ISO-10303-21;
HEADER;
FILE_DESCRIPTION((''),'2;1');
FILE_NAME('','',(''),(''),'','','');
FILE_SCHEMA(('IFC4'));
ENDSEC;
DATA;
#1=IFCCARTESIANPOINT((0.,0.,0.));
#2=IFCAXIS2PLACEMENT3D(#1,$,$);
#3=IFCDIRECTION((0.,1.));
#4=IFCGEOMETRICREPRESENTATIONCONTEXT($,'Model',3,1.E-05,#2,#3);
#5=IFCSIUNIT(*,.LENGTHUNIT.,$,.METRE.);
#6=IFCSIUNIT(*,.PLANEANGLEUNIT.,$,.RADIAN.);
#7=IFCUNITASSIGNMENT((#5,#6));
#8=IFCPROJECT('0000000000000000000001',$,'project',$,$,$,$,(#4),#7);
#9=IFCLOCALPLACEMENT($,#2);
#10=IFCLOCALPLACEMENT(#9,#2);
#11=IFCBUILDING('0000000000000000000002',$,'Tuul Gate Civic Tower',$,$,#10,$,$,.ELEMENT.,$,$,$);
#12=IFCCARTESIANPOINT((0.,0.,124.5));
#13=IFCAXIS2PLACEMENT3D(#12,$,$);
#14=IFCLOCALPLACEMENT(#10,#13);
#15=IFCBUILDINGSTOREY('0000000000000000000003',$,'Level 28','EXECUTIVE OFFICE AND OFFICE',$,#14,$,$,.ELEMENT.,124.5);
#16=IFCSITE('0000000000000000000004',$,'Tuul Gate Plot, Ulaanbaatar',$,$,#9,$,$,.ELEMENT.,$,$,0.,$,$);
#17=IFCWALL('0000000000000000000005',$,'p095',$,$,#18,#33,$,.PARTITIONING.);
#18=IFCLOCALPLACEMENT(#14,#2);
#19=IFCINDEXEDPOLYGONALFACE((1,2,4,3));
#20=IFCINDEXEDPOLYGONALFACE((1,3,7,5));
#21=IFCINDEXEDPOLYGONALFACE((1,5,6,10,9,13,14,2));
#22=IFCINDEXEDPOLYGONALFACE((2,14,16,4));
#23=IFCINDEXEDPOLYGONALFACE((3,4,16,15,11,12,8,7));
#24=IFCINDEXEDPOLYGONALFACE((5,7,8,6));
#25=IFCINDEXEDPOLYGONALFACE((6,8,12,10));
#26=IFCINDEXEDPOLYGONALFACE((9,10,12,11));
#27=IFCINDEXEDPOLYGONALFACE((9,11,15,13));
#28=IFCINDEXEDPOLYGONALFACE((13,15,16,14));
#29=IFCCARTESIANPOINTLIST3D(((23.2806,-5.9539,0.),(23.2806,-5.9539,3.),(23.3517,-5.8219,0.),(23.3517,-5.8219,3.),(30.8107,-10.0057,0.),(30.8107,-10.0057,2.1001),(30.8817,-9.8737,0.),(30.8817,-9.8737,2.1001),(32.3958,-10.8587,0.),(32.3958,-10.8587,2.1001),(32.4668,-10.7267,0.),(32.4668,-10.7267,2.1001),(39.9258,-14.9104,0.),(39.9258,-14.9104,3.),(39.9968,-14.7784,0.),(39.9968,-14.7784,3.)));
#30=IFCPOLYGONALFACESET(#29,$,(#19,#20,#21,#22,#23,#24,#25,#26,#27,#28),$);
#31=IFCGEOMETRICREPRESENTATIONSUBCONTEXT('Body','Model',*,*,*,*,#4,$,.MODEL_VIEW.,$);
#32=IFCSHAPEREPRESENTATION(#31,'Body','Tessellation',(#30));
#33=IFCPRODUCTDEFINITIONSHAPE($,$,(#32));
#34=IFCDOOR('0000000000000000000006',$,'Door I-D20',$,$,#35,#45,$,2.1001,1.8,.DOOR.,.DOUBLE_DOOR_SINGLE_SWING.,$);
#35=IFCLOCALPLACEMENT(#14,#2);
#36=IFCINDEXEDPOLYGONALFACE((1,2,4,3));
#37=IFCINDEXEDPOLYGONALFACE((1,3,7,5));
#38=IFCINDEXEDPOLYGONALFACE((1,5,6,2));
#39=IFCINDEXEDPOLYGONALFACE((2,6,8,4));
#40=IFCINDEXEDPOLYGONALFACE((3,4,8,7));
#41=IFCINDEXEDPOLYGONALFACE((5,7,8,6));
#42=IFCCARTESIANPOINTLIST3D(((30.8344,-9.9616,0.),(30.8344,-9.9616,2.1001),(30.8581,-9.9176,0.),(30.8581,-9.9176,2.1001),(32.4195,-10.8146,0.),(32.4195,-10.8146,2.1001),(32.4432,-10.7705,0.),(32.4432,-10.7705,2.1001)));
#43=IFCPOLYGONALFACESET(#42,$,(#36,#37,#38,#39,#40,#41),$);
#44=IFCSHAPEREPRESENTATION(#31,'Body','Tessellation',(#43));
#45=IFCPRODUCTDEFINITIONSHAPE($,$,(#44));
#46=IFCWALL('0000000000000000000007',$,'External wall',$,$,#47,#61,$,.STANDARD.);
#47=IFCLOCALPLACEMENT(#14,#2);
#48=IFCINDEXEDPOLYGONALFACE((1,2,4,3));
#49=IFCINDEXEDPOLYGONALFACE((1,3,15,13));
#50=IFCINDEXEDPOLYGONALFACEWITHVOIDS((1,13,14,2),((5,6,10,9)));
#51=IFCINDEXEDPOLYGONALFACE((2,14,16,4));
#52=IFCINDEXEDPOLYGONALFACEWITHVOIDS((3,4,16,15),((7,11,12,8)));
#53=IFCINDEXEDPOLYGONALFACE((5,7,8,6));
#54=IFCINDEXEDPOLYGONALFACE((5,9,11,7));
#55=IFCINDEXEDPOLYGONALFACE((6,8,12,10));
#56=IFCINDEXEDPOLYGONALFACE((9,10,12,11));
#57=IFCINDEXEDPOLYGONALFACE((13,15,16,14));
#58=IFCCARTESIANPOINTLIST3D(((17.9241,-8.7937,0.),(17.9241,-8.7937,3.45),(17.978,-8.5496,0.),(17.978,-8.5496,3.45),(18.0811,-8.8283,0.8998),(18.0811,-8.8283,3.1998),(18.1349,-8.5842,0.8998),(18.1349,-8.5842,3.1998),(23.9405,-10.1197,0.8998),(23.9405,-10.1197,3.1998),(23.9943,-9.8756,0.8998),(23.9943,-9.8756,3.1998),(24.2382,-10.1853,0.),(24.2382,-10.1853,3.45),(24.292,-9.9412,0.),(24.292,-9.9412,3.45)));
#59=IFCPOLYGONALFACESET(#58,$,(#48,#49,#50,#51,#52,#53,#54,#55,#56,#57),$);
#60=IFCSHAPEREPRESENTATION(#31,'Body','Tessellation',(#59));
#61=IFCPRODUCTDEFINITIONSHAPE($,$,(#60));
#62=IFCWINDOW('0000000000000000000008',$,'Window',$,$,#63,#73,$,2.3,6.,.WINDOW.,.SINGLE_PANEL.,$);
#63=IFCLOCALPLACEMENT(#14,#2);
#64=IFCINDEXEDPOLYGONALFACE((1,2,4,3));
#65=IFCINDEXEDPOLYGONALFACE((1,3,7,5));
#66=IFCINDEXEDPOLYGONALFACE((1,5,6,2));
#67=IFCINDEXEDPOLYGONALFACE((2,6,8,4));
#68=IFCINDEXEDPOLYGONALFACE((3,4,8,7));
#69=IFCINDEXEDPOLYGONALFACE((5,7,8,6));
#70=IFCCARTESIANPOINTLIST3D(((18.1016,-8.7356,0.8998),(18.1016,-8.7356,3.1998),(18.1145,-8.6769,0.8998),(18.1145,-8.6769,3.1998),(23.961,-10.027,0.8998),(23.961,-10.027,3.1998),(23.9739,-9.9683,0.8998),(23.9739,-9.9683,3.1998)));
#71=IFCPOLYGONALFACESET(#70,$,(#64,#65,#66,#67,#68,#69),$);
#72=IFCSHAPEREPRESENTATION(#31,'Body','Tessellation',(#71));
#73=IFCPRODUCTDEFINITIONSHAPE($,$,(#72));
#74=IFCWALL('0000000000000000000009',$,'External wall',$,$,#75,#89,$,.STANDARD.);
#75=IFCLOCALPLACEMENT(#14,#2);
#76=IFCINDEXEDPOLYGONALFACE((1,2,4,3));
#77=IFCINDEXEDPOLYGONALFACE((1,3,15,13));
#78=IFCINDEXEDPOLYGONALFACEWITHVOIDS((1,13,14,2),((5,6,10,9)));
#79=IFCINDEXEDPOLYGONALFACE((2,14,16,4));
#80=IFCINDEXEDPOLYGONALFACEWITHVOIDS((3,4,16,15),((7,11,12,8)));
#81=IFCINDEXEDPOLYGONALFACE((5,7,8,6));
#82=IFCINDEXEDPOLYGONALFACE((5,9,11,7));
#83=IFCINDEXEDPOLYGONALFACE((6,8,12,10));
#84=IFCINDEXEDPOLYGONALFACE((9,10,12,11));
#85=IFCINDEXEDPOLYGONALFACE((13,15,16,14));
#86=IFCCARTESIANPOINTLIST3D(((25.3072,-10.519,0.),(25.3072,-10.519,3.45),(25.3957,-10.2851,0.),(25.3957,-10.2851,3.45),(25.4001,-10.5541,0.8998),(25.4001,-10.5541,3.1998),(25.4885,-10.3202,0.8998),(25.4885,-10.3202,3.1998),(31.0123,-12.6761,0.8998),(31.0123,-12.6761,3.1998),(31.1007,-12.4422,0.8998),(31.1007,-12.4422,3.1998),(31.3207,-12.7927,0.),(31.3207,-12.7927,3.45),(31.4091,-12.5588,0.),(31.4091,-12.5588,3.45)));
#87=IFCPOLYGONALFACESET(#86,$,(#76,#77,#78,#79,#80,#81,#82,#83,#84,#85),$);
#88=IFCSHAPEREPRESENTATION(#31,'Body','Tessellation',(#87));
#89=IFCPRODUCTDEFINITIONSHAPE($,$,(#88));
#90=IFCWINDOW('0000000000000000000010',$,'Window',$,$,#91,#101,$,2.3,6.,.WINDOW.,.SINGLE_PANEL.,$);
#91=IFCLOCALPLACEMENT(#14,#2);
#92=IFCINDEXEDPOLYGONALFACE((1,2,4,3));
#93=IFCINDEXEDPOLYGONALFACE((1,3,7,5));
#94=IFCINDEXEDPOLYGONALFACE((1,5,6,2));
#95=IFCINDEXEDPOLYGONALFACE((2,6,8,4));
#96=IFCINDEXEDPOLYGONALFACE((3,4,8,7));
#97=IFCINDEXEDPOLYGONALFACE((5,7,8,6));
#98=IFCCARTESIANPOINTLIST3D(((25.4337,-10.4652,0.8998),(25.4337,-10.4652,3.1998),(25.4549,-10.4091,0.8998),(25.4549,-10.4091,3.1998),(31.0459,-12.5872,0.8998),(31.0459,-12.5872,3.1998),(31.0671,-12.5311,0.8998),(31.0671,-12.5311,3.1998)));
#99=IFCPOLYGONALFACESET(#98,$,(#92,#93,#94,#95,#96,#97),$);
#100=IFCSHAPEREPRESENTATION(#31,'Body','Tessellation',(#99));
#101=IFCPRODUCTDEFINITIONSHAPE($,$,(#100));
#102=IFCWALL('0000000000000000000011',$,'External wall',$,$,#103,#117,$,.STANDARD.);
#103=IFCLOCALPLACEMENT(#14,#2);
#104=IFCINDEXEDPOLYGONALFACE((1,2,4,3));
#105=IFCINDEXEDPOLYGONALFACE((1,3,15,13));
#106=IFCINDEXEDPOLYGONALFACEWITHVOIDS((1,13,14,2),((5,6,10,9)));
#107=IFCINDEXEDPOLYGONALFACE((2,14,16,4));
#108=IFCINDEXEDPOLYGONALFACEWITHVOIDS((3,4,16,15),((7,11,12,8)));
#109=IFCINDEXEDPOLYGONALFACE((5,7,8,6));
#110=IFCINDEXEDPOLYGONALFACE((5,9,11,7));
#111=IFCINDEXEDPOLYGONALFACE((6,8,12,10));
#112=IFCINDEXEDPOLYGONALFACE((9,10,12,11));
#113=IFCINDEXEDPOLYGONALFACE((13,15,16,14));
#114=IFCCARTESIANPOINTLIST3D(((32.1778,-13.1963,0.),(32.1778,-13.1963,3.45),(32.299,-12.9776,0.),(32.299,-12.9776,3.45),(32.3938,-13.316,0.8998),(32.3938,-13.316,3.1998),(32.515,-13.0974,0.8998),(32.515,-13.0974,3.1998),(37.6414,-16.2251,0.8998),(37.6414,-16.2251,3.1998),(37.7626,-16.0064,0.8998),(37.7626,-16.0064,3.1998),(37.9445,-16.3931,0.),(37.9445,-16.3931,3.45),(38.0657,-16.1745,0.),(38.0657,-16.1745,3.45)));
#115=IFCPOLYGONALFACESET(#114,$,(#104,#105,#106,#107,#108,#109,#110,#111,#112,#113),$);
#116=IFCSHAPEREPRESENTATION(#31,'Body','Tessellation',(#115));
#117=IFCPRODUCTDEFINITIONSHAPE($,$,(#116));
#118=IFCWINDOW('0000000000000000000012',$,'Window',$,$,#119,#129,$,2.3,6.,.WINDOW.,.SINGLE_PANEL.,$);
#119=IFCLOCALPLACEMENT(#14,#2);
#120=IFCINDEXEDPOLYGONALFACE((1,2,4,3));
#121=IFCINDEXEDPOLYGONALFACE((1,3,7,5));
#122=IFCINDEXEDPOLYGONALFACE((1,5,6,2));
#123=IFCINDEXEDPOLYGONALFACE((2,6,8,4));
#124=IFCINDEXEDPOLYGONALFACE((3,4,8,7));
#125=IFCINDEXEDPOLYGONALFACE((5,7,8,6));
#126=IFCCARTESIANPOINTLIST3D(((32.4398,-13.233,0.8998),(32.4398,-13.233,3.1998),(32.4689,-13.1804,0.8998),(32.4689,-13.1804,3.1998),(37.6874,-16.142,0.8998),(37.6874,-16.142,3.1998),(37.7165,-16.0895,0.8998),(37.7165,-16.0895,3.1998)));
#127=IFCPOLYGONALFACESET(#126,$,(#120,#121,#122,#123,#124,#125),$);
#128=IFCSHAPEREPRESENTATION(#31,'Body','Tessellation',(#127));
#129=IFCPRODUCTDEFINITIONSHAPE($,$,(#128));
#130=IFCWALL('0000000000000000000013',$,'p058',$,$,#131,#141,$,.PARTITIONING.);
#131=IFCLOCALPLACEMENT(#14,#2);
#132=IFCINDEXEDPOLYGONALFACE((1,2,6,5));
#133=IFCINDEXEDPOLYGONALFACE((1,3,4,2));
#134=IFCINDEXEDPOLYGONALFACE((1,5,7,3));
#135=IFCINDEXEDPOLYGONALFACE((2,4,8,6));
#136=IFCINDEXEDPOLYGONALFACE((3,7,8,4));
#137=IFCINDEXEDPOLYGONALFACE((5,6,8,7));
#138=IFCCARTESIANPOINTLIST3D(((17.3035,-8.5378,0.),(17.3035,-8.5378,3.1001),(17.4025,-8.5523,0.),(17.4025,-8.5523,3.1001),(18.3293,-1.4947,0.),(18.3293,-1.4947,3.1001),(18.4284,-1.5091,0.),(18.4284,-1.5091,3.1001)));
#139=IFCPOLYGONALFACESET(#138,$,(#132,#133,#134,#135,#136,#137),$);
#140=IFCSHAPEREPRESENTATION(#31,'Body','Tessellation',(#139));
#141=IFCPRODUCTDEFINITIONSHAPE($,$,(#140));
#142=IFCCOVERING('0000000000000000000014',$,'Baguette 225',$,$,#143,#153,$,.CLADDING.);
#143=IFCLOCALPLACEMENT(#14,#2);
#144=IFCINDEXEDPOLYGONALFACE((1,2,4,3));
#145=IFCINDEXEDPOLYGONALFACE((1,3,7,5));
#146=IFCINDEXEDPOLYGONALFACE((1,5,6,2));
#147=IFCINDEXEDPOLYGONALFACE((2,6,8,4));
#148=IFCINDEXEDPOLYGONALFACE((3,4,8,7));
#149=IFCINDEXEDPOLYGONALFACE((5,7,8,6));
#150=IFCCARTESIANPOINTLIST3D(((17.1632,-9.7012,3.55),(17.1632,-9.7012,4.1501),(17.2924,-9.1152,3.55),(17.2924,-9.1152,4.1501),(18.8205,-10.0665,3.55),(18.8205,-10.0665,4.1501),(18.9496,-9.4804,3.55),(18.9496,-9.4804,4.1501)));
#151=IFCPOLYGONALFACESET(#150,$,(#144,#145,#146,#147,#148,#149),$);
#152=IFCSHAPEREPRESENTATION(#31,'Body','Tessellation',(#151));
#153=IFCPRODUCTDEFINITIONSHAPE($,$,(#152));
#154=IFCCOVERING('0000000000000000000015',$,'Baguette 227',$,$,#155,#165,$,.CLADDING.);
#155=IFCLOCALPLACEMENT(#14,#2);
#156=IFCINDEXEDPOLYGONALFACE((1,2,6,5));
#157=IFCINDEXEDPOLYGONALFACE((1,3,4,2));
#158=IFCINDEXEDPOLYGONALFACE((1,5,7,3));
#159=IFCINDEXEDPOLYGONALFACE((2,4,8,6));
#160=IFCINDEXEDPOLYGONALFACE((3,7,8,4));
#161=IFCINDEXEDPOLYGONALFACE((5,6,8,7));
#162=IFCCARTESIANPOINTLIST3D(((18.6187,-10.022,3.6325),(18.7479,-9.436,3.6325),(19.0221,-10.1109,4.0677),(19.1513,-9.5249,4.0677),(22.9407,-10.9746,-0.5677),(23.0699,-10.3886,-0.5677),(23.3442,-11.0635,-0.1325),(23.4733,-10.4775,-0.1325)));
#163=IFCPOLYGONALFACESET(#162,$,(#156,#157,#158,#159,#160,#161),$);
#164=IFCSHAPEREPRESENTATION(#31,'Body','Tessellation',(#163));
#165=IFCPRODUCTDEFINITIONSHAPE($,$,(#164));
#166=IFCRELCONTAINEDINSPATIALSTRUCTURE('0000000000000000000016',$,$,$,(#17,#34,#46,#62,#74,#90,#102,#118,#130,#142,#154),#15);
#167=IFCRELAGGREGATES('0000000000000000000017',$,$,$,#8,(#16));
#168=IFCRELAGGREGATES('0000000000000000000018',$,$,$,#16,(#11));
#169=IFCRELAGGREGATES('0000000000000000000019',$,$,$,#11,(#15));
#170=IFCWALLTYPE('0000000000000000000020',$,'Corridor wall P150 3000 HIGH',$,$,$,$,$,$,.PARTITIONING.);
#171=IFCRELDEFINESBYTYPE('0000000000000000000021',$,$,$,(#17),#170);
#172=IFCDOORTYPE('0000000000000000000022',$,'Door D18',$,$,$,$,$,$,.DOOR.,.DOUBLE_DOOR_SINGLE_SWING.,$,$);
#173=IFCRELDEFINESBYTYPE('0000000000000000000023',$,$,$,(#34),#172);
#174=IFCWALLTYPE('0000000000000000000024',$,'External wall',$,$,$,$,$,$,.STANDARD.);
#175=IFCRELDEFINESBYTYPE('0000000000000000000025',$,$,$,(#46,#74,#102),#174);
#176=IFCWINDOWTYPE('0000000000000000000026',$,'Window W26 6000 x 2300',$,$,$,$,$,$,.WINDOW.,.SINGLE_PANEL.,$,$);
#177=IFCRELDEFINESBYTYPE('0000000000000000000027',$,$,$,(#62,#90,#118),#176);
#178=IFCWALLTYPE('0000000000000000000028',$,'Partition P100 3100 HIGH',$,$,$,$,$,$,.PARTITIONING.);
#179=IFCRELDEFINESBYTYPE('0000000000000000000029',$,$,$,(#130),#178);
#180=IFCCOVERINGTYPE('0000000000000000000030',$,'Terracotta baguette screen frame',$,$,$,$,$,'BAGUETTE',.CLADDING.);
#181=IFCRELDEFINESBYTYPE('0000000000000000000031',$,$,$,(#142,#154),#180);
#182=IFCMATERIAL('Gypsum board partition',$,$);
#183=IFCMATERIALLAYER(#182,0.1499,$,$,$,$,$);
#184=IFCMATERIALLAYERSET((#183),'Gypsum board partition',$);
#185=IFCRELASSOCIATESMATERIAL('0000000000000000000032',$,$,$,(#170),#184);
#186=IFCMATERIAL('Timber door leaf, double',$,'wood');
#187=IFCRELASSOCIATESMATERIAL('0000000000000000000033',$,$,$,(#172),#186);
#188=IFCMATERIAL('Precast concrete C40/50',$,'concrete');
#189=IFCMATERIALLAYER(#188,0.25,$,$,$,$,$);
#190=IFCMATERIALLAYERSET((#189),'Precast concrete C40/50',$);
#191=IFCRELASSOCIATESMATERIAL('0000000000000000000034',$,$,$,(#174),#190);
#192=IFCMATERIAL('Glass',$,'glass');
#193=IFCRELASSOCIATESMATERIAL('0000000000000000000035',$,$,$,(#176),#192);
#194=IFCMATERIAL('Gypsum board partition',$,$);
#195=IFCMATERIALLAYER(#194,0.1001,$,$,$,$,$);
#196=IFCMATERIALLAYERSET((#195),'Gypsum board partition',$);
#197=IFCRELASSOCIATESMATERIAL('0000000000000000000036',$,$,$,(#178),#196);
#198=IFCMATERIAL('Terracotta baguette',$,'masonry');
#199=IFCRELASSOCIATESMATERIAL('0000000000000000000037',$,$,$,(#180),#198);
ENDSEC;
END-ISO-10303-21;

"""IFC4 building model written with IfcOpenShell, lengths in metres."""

from ifc_helpers import new_model, si_unit, direction, frame, frame_2d, origin, origin_2d, place, context, subcontext, project, spatial, rectangle, extrude, material, layer, layer_set, material_profile, profile_set, type_object, element, fill, save


model = new_model("IFC4")

# Units and contexts
model_context = context("Model", 3, precision=1e-05, world=origin(), true_north=direction((0.0, 1.0)))
body_context = subcontext(model_context, "Body", "Model", "MODEL_VIEW")
ifc_project = project(units=[si_unit("LENGTHUNIT", "METRE"), si_unit("PLANEANGLEUNIT", "RADIAN")], contexts=[model_context])

# Site, building, storey
site_placement = place(None, origin())
site = spatial("IfcSite", under=ifc_project, at=site_placement, Name="Tuul Gate Plot, Ulaanbaatar", CompositionType="ELEMENT", RefElevation=0.0)
building_placement = place(site_placement, origin())
building = spatial("IfcBuilding", under=site, at=building_placement, Name="Tuul Gate Civic Tower", CompositionType="ELEMENT")
storey_placement = place(building_placement, frame((0.0, 0.0, 124.5)))
storey = spatial("IfcBuildingStorey", under=building, at=storey_placement, Name="Level 28", Description="EXECUTIVE OFFICE AND OFFICE", CompositionType="ELEMENT", Elevation=124.5)

# Wall, opening, door
ifc_material_1 = material(Name="Gypsum board partition")
ifc_layer_1 = layer(ifc_material_1, 0.1499)
ifc_layer_set_1 = layer_set([ifc_layer_1], Name="Gypsum board partition")
wall_type_1 = type_object("IfcWallType", Name="Corridor wall P150 3000 HIGH", PredefinedType="PARTITIONING", material=ifc_layer_set_1)
wall_1_placement = place(storey_placement, frame((23.3162, -5.8879, 0.0), z_axis=(0.0, 0.0, 1.0), x_axis=(0.88061, -0.473842, 0.0)))
wall_1 = element("IfcWall", 1, at=wall_1_placement, inside=storey, type_object=wall_type_1, Name="p095", PredefinedType="PARTITIONING", context=body_context, shape_type="SweptSolid", body=[
    extrude(rectangle(XDim=18.9019, YDim=0.1499, at=frame_2d((9.4509, 0.0))), origin(), (0.0, 0.0, 1.0), 3.0),
])
opening_1_placement = place(wall_1_placement, frame((8.551, 0.0, 0.0)))
opening_1 = element("IfcOpeningElement", 2, at=opening_1_placement, cuts=wall_1, PredefinedType="OPENING", context=body_context, shape_type="SweptSolid", body=[
    extrude(rectangle(XDim=1.8, YDim=2.1001, at=frame_2d((0.8999, 1.05))), frame((0.0, 0.085, 0.0), z_axis=(0.0, -1.0, 0.0), x_axis=(1.0, 0.0, 0.0)), (0.0, 0.0, 1.0), 0.1699),
])
ifc_material_2 = material(Name="Timber door leaf, double", Category="wood")
door_type_1 = type_object("IfcDoorType", Name="Door D18", OperationType="DOUBLE_DOOR_SINGLE_SWING", PredefinedType="DOOR", material=ifc_material_2)
door_1_placement = place(opening_1_placement, frame((1.8, 0.0, 0.0), z_axis=(0.0, 0.0, 1.0), x_axis=(-1.0, 0.0, 0.0)))
door_1 = element("IfcDoor", 3, at=door_1_placement, inside=storey, type_object=door_type_1, Name="Door I-D20", OperationType="DOUBLE_DOOR_SINGLE_SWING", OverallHeight=2.1001, OverallWidth=1.8, PredefinedType="DOOR", context=body_context, shape_type="SweptSolid", body=[
    extrude(rectangle(XDim=1.8, YDim=2.1001, at=frame_2d((0.9001, 1.05))), frame((0.0, 0.0249, 0.0), z_axis=(0.0, -1.0, 0.0), x_axis=(1.0, 0.0, 0.0)), (0.0, 0.0, 1.0), 0.05),
])
fill(opening_1, door_1)

# Walls, openings, windows
ifc_material_3 = material(Name="Precast concrete C40/50", Category="concrete")
ifc_layer_2 = layer(ifc_material_3, 0.25)
ifc_layer_set_2 = layer_set([ifc_layer_2], Name="Precast concrete C40/50")
wall_type_2 = type_object("IfcWallType", Name="External wall", PredefinedType="STANDARD", material=ifc_layer_set_2)
wall_2_placement = place(storey_placement, frame((17.9509, -8.6716, 0.0), z_axis=(0.0, 0.0, 1.0), x_axis=(0.976562, -0.215235, 0.0)))
wall_2 = element("IfcWall", 4, at=wall_2_placement, inside=storey, type_object=wall_type_2, Name="External wall", PredefinedType="STANDARD", context=body_context, shape_type="SweptSolid", body=[
    extrude(rectangle(XDim=6.4656, YDim=0.25, at=frame_2d((3.2329, 0.0))), origin(), (0.0, 0.0, 1.0), 3.45),
])
opening_2_placement = place(wall_2_placement, frame((0.1609, 0.0, 0.8999)))
opening_2 = element("IfcOpeningElement", 5, at=opening_2_placement, cuts=wall_2, PredefinedType="OPENING", context=body_context, shape_type="SweptSolid", body=[
    extrude(rectangle(XDim=6.0, YDim=2.3, at=frame_2d((3.0, 1.1499))), frame((0.0, 0.135, 0.0), z_axis=(0.0, -1.0, 0.0), x_axis=(1.0, 0.0, 0.0)), (0.0, 0.0, 1.0), 0.27),
])
ifc_material_4 = material(Name="Glass", Category="glass")
window_type = type_object("IfcWindowType", Name="Window W26 6000 x 2300", PartitioningType="SINGLE_PANEL", PredefinedType="WINDOW", material=ifc_material_4)
window_1_placement = place(opening_2_placement, origin())
window_1 = element("IfcWindow", 6, at=window_1_placement, inside=storey, type_object=window_type, Name="Window", OverallHeight=2.3, OverallWidth=6.0, PartitioningType="SINGLE_PANEL", PredefinedType="WINDOW", context=body_context, shape_type="SweptSolid", body=[
    extrude(rectangle(XDim=6.0, YDim=2.3, at=frame_2d((3.0, 1.1499))), frame((0.0, 0.03, 0.0), z_axis=(0.0, -1.0, 0.0), x_axis=(1.0, 0.0, 0.0)), (0.0, 0.0, 1.0), 0.0601),
])
fill(opening_2, window_1)
wall_3_placement = place(storey_placement, frame((25.3516, -10.4021, 0.0), z_axis=(0.0, 0.0, 1.0), x_axis=(0.935372, -0.353665, 0.0)))
wall_3 = element("IfcWall", 7, at=wall_3_placement, inside=storey, type_object=wall_type_2, Name="External wall", PredefinedType="STANDARD", context=body_context, shape_type="SweptSolid", body=[
    extrude(rectangle(XDim=6.429, YDim=0.25, at=frame_2d((3.2144, 0.0))), origin(), (0.0, 0.0, 1.0), 3.45),
])
opening_3_placement = place(wall_3_placement, frame((0.0991, 0.0, 0.8999)))
opening_3 = element("IfcOpeningElement", 8, at=opening_3_placement, cuts=wall_3, PredefinedType="OPENING", context=body_context, shape_type="SweptSolid", body=[
    extrude(rectangle(XDim=6.0, YDim=2.3, at=frame_2d((3.0, 1.1499))), frame((0.0, 0.135, 0.0), z_axis=(0.0, -1.0, 0.0), x_axis=(1.0, 0.0, 0.0)), (0.0, 0.0, 1.0), 0.27),
])
window_2_placement = place(opening_3_placement, origin())
window_2 = element("IfcWindow", 9, at=window_2_placement, inside=storey, type_object=window_type, Name="Window", OverallHeight=2.3, OverallWidth=6.0, PartitioningType="SINGLE_PANEL", PredefinedType="WINDOW", context=body_context, shape_type="SweptSolid", body=[
    extrude(rectangle(XDim=6.0, YDim=2.3, at=frame_2d((3.0, 1.1499))), frame((0.0, 0.03, 0.0), z_axis=(0.0, -1.0, 0.0), x_axis=(1.0, 0.0, 0.0)), (0.0, 0.0, 1.0), 0.0601),
])
fill(opening_3, window_2)
wall_4_placement = place(storey_placement, frame((32.2383, -13.0869, 0.0), z_axis=(0.0, 0.0, 1.0), x_axis=(0.874601, -0.484844, 0.0)))
wall_4 = element("IfcWall", 10, at=wall_4_placement, inside=storey, type_object=wall_type_2, Name="External wall", PredefinedType="STANDARD", context=body_context, shape_type="SweptSolid", body=[
    extrude(rectangle(XDim=6.5935, YDim=0.25, at=frame_2d((3.2969, 0.0))), origin(), (0.0, 0.0, 1.0), 3.45),
])
opening_4_placement = place(wall_4_placement, frame((0.2471, 0.0, 0.8999)))
opening_4 = element("IfcOpeningElement", 11, at=opening_4_placement, cuts=wall_4, PredefinedType="OPENING", context=body_context, shape_type="SweptSolid", body=[
    extrude(rectangle(XDim=6.0, YDim=2.3, at=frame_2d((3.0, 1.1499))), frame((0.0, 0.135, 0.0), z_axis=(0.0, -1.0, 0.0), x_axis=(1.0, 0.0, 0.0)), (0.0, 0.0, 1.0), 0.27),
])
window_3_placement = place(opening_4_placement, origin())
window_3 = element("IfcWindow", 12, at=window_3_placement, inside=storey, type_object=window_type, Name="Window", OverallHeight=2.3, OverallWidth=6.0, PartitioningType="SINGLE_PANEL", PredefinedType="WINDOW", context=body_context, shape_type="SweptSolid", body=[
    extrude(rectangle(XDim=6.0, YDim=2.3, at=frame_2d((3.0, 1.1499))), frame((0.0, 0.03, 0.0), z_axis=(0.0, -1.0, 0.0), x_axis=(1.0, 0.0, 0.0)), (0.0, 0.0, 1.0), 0.0601),
])
fill(opening_4, window_3)

# Wall
ifc_material_5 = material(Name="Gypsum board partition")
ifc_layer_3 = layer(ifc_material_5, 0.1001)
ifc_layer_set_3 = layer_set([ifc_layer_3], Name="Gypsum board partition")
wall_type_3 = type_object("IfcWallType", Name="Partition P100 3100 HIGH", PredefinedType="PARTITIONING", material=ifc_layer_set_3)
wall_5_placement = place(storey_placement, frame((17.353, -8.5449, 0.0), z_axis=(0.0, 0.0, 1.0), x_axis=(0.144134, 0.989558, 0.0)))
element("IfcWall", 13, at=wall_5_placement, inside=storey, type_object=wall_type_3, Name="p058", PredefinedType="PARTITIONING", context=body_context, shape_type="SweptSolid", body=[
    extrude(rectangle(XDim=7.1174, YDim=0.1001, at=frame_2d((3.5586, 0.0))), origin(), (0.0, 0.0, 1.0), 3.1001),
])

# Coverings
ifc_material_6 = material(Name="Terracotta baguette", Category="masonry")
ifc_material_profile_1 = material_profile(ifc_material_6, rectangle(XDim=0.6001, YDim=0.6001, at=origin_2d()), Name="Terracotta baguette screen frame")
ifc_profile_set_1 = profile_set([ifc_material_profile_1], Name="Terracotta baguette")
covering_type = type_object("IfcCoveringType", Name="Terracotta baguette screen frame", ElementType="BAGUETTE", PredefinedType="CLADDING", material=ifc_profile_set_1)
covering_1_placement = place(storey_placement, frame((17.2278, -9.4082, 3.8501), z_axis=(0.976565, -0.215224, 0.0), x_axis=(0.215224, 0.976565, 0.0)))
element("IfcCovering", 14, at=covering_1_placement, inside=storey, type_object=covering_type, Name="Baguette 225", PredefinedType="CLADDING", context=body_context, shape_type="SweptSolid", body=[
    extrude(rectangle(XDim=0.6001, YDim=0.6001, at=origin_2d()), origin(), (0.0, 0.0, 1.0), 1.697),
])
covering_2_placement = place(storey_placement, frame((18.885, -9.7734, 3.8501), z_axis=(0.708347, -0.15613, -0.688381), x_axis=(0.215248, 0.976559, 0.0)))
element("IfcCovering", 15, at=covering_2_placement, inside=storey, type_object=covering_type, Name="Baguette 227", PredefinedType="CLADDING", context=body_context, shape_type="SweptSolid", body=[
    extrude(rectangle(XDim=0.6001, YDim=0.6001, at=origin_2d()), origin(), (0.0, 0.0, 1.0), 6.1016),
])

save(model, "model.ifc")
